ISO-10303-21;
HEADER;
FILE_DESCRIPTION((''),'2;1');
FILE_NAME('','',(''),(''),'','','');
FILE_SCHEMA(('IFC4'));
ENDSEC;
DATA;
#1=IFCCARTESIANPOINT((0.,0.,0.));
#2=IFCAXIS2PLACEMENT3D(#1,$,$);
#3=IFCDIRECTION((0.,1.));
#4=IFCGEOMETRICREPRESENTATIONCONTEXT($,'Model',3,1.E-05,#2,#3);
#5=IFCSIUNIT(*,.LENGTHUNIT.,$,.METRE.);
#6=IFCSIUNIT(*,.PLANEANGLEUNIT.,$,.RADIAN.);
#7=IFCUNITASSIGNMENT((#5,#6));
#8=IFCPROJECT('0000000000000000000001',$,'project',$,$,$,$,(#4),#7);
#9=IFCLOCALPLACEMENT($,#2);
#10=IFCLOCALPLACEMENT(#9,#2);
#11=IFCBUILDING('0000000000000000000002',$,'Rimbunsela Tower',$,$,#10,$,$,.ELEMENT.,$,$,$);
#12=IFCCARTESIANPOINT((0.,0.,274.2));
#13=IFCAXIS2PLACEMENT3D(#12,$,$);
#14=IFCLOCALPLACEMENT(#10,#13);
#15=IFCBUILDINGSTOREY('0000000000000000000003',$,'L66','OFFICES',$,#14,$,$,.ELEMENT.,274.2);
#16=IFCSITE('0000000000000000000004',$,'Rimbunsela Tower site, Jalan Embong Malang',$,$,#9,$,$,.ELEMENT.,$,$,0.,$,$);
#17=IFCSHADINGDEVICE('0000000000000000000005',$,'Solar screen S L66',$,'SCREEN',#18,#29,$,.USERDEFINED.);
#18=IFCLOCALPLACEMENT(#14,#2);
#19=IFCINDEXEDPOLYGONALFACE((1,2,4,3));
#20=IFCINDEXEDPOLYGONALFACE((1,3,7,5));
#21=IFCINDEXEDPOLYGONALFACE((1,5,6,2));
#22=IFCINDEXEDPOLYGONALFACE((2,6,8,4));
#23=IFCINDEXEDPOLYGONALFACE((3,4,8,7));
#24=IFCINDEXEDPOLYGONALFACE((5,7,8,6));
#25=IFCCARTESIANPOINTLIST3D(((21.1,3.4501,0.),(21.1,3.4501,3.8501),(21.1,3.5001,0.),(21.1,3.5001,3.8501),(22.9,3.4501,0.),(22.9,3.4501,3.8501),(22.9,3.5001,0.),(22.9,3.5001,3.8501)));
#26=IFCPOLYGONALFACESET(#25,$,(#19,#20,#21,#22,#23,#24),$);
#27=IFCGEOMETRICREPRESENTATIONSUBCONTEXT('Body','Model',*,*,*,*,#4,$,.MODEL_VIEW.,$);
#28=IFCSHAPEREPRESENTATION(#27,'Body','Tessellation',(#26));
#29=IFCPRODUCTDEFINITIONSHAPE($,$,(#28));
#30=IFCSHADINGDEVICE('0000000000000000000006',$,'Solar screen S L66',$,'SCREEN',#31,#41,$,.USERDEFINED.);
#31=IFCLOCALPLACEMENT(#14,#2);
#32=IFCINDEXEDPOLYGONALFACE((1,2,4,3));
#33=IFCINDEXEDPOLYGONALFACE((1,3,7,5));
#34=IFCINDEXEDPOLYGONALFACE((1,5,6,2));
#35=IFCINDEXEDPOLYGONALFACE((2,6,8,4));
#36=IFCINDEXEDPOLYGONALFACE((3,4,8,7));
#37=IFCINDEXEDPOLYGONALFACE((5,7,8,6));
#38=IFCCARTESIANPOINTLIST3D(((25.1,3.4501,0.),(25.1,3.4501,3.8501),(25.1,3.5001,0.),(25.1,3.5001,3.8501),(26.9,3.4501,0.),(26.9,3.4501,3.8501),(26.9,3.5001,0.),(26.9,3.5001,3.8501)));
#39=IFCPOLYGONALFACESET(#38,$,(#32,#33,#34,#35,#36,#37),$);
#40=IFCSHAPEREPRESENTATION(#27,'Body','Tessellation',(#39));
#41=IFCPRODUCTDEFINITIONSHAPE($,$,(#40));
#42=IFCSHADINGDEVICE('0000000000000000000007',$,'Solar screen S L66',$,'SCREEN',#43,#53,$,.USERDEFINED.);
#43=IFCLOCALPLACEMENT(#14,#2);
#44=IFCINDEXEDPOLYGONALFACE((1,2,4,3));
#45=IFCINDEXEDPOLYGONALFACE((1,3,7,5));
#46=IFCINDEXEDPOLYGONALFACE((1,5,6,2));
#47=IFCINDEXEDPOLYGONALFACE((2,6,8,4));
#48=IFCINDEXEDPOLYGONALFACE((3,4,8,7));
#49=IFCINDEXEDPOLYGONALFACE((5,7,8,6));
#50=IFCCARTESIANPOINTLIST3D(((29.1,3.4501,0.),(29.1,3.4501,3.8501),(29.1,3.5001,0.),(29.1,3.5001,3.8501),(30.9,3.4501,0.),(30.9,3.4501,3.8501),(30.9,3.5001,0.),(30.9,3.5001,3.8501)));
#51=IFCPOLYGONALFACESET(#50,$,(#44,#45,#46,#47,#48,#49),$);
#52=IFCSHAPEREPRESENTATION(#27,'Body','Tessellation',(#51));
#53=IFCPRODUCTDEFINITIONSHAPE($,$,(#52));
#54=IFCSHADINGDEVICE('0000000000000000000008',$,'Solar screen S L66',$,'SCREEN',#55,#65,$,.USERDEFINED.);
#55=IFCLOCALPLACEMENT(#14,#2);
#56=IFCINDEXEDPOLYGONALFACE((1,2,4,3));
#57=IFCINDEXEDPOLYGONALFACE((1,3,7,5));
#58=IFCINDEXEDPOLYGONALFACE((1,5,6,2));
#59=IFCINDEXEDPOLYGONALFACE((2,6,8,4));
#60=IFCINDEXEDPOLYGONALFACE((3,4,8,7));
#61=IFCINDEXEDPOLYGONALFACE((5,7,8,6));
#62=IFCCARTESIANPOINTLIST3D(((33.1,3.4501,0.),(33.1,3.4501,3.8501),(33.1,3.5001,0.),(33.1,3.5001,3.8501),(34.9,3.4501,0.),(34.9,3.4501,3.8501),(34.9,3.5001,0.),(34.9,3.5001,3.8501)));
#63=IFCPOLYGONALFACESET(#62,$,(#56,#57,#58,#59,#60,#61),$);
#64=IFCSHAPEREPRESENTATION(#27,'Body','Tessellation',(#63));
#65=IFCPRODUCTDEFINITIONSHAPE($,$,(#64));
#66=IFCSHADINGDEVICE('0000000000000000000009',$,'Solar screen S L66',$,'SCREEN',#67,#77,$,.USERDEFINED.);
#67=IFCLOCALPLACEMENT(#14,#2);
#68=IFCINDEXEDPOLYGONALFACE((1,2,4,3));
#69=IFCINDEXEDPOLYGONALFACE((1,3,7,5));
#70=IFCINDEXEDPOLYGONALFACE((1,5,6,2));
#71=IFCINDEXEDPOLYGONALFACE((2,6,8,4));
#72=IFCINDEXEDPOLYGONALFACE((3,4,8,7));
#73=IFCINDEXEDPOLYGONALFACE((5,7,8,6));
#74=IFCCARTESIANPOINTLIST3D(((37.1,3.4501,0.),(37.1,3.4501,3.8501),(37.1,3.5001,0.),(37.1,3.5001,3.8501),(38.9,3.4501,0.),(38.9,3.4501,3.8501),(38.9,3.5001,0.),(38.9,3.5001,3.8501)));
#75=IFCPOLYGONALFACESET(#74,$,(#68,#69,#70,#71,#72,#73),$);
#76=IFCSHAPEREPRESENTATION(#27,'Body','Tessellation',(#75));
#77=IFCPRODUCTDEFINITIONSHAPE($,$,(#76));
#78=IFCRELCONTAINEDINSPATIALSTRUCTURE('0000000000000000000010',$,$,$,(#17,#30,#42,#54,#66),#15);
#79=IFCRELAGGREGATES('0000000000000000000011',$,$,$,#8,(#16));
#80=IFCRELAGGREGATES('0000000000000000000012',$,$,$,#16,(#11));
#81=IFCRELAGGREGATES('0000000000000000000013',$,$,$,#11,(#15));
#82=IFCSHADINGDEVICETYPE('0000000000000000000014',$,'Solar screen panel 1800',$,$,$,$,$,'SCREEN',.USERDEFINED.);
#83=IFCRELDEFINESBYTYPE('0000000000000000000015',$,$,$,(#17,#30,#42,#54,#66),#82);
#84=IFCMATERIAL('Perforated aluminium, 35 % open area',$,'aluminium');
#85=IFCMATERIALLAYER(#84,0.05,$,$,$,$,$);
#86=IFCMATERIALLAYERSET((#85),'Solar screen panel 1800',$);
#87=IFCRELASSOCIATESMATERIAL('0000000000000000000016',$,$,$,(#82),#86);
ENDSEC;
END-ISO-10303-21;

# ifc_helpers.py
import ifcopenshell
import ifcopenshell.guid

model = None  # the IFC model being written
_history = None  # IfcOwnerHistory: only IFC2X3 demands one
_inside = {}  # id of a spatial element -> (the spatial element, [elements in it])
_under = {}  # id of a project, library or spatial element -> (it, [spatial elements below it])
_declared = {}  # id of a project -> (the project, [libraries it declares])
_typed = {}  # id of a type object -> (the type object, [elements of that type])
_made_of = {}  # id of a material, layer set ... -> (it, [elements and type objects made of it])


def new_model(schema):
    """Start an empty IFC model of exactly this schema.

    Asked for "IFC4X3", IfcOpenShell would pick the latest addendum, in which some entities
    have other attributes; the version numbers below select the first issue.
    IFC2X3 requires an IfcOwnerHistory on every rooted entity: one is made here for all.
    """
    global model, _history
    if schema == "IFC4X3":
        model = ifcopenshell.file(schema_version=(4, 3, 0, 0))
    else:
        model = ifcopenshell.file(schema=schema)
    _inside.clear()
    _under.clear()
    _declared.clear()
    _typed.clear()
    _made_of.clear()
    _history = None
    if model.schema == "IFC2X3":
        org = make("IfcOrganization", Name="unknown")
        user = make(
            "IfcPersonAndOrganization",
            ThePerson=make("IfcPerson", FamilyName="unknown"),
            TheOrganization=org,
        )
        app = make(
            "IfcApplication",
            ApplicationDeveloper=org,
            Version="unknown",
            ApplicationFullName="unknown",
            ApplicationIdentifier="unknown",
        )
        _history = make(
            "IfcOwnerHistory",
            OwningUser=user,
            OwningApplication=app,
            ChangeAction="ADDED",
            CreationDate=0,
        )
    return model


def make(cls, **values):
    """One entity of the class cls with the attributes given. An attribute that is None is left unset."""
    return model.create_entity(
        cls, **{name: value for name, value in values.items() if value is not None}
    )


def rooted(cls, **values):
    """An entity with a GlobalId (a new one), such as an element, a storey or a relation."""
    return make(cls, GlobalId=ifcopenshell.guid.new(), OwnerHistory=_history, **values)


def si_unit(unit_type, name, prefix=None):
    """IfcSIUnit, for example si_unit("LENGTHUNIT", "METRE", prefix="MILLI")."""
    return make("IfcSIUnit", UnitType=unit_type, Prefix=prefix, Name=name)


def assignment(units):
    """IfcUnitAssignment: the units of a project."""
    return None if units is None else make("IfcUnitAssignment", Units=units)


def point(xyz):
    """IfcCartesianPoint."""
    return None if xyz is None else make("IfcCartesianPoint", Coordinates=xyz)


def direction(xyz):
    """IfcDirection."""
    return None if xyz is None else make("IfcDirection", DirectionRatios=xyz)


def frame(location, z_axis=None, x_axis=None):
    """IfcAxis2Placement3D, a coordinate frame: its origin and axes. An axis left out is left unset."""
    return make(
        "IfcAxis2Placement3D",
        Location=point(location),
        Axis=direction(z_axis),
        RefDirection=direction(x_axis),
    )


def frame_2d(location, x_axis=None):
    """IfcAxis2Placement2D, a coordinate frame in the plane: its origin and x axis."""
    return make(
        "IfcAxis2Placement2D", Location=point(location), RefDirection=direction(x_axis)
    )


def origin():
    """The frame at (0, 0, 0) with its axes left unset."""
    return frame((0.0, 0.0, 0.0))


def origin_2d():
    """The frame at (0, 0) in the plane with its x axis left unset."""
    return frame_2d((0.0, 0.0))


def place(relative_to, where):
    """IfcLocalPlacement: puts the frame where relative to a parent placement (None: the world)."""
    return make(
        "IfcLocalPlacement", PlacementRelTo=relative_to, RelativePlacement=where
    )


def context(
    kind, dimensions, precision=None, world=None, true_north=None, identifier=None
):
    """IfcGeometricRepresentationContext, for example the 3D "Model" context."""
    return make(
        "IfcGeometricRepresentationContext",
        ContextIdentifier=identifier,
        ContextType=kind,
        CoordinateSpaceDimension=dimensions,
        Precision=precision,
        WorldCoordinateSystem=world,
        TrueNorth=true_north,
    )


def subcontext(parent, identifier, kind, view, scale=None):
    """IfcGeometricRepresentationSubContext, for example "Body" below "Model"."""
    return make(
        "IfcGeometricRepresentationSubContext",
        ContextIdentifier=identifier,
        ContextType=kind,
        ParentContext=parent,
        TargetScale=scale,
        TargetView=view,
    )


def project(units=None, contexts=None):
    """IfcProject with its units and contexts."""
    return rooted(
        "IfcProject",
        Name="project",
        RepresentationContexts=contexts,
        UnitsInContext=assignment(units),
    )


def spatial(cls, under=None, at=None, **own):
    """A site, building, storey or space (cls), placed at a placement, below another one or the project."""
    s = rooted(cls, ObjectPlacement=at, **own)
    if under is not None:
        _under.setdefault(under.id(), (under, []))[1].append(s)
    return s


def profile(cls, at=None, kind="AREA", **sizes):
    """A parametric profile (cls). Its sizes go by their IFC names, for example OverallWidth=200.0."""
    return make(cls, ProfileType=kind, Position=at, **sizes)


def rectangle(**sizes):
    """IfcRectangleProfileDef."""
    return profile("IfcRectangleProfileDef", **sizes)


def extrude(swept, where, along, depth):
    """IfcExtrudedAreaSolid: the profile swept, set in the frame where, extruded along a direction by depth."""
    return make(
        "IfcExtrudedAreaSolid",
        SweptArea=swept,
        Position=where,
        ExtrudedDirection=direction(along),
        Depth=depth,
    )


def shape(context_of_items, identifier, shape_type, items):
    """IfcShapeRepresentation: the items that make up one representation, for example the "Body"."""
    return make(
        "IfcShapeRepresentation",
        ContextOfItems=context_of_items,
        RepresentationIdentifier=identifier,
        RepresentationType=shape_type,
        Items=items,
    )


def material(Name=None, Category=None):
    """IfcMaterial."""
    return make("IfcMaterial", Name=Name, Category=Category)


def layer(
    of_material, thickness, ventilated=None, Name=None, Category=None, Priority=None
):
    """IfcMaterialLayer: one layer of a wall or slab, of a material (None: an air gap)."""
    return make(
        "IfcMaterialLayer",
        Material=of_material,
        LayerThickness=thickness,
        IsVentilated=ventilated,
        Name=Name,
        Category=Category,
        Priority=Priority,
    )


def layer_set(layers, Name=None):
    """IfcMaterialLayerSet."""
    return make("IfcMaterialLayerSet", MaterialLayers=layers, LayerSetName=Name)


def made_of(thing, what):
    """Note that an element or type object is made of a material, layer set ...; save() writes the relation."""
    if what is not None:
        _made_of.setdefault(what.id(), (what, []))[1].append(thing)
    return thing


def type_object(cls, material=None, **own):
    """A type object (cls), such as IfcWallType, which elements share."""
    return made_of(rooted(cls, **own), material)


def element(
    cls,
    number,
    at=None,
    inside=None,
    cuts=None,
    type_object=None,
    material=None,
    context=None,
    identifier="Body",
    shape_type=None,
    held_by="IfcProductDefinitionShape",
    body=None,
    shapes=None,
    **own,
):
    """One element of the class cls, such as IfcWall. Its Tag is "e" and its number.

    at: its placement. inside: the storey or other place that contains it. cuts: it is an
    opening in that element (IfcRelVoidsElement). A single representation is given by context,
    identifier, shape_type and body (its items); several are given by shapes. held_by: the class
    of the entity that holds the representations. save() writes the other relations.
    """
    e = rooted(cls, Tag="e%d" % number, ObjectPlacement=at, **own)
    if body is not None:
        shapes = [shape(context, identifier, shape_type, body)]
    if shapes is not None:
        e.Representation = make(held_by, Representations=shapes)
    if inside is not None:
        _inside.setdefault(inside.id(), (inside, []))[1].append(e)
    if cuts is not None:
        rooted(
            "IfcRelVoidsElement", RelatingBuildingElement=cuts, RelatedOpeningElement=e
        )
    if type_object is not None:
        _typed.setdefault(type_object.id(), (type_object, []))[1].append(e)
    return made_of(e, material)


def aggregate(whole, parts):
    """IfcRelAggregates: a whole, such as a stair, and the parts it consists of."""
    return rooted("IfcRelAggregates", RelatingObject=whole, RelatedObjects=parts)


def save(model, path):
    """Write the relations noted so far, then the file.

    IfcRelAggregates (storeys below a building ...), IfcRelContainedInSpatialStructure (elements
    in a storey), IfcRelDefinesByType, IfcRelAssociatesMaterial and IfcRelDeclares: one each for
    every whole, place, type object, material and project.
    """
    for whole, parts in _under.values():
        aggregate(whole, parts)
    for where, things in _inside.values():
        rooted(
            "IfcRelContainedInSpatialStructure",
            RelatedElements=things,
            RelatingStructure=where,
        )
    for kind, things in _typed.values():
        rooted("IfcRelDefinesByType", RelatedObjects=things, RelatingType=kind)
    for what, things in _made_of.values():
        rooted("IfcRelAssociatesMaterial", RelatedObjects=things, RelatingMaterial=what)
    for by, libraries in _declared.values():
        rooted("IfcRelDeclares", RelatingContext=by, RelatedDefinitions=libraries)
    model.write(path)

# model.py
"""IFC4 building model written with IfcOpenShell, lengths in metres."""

from ifc_helpers import new_model, si_unit, direction, frame, origin, origin_2d, place, context, subcontext, project, spatial, rectangle, extrude, material, layer, layer_set, type_object, element, save


model = new_model("IFC4")

# Units and contexts
model_context = context("Model", 3, precision=1e-05, world=origin(), true_north=direction((0.0, 1.0)))
body_context = subcontext(model_context, "Body", "Model", "MODEL_VIEW")
ifc_project = project(units=[si_unit("LENGTHUNIT", "METRE"), si_unit("PLANEANGLEUNIT", "RADIAN")], contexts=[model_context])

# Site, building, storey
site_placement = place(None, origin())
site = spatial("IfcSite", under=ifc_project, at=site_placement, Name="Rimbunsela Tower site, Jalan Embong Malang", CompositionType="ELEMENT", RefElevation=0.0)
building_placement = place(site_placement, origin())
building = spatial("IfcBuilding", under=site, at=building_placement, Name="Rimbunsela Tower", CompositionType="ELEMENT")
storey_placement = place(building_placement, frame((0.0, 0.0, 274.2)))
storey = spatial("IfcBuildingStorey", under=building, at=storey_placement, Name="L66", Description="OFFICES", CompositionType="ELEMENT", Elevation=274.2)

# Shading devices
ifc_material_1 = material(Name="Perforated aluminium, 35 % open area", Category="aluminium")
ifc_layer_1 = layer(ifc_material_1, 0.05)
ifc_layer_set_1 = layer_set([ifc_layer_1], Name="Solar screen panel 1800")
shading_device_type = type_object("IfcShadingDeviceType", Name="Solar screen panel 1800", ElementType="SCREEN", PredefinedType="USERDEFINED", material=ifc_layer_set_1)
for number, where, z_axis, x_axis, name in (
    (1, (22.0, 3.4751, 0.0), (0.0, 0.0, 1.0), (1.0, 0.0, 0.0), "Solar screen S L66"),
    (2, (26.0, 3.4751, 0.0), (0.0, 0.0, 1.0), (1.0, 0.0, 0.0), "Solar screen S L66"),
    (3, (30.0, 3.4751, 0.0), (0.0, 0.0, 1.0), (1.0, 0.0, 0.0), "Solar screen S L66"),
    (4, (34.0, 3.4751, 0.0), (0.0, 0.0, 1.0), (1.0, 0.0, 0.0), "Solar screen S L66"),
    (5, (38.0, 3.4751, 0.0), (0.0, 0.0, 1.0), (1.0, 0.0, 0.0), "Solar screen S L66"),
):
    element("IfcShadingDevice", number, at=place(storey_placement, frame(where, z_axis=z_axis, x_axis=x_axis)), inside=storey, type_object=shading_device_type, Name=name, ObjectType="SCREEN", PredefinedType="USERDEFINED", context=body_context, shape_type="SweptSolid", body=[
        extrude(rectangle(XDim=1.8, YDim=0.05, at=origin_2d()), origin(), (0.0, 0.0, 1.0), 3.8501),
    ])

save(model, "model.ifc")
